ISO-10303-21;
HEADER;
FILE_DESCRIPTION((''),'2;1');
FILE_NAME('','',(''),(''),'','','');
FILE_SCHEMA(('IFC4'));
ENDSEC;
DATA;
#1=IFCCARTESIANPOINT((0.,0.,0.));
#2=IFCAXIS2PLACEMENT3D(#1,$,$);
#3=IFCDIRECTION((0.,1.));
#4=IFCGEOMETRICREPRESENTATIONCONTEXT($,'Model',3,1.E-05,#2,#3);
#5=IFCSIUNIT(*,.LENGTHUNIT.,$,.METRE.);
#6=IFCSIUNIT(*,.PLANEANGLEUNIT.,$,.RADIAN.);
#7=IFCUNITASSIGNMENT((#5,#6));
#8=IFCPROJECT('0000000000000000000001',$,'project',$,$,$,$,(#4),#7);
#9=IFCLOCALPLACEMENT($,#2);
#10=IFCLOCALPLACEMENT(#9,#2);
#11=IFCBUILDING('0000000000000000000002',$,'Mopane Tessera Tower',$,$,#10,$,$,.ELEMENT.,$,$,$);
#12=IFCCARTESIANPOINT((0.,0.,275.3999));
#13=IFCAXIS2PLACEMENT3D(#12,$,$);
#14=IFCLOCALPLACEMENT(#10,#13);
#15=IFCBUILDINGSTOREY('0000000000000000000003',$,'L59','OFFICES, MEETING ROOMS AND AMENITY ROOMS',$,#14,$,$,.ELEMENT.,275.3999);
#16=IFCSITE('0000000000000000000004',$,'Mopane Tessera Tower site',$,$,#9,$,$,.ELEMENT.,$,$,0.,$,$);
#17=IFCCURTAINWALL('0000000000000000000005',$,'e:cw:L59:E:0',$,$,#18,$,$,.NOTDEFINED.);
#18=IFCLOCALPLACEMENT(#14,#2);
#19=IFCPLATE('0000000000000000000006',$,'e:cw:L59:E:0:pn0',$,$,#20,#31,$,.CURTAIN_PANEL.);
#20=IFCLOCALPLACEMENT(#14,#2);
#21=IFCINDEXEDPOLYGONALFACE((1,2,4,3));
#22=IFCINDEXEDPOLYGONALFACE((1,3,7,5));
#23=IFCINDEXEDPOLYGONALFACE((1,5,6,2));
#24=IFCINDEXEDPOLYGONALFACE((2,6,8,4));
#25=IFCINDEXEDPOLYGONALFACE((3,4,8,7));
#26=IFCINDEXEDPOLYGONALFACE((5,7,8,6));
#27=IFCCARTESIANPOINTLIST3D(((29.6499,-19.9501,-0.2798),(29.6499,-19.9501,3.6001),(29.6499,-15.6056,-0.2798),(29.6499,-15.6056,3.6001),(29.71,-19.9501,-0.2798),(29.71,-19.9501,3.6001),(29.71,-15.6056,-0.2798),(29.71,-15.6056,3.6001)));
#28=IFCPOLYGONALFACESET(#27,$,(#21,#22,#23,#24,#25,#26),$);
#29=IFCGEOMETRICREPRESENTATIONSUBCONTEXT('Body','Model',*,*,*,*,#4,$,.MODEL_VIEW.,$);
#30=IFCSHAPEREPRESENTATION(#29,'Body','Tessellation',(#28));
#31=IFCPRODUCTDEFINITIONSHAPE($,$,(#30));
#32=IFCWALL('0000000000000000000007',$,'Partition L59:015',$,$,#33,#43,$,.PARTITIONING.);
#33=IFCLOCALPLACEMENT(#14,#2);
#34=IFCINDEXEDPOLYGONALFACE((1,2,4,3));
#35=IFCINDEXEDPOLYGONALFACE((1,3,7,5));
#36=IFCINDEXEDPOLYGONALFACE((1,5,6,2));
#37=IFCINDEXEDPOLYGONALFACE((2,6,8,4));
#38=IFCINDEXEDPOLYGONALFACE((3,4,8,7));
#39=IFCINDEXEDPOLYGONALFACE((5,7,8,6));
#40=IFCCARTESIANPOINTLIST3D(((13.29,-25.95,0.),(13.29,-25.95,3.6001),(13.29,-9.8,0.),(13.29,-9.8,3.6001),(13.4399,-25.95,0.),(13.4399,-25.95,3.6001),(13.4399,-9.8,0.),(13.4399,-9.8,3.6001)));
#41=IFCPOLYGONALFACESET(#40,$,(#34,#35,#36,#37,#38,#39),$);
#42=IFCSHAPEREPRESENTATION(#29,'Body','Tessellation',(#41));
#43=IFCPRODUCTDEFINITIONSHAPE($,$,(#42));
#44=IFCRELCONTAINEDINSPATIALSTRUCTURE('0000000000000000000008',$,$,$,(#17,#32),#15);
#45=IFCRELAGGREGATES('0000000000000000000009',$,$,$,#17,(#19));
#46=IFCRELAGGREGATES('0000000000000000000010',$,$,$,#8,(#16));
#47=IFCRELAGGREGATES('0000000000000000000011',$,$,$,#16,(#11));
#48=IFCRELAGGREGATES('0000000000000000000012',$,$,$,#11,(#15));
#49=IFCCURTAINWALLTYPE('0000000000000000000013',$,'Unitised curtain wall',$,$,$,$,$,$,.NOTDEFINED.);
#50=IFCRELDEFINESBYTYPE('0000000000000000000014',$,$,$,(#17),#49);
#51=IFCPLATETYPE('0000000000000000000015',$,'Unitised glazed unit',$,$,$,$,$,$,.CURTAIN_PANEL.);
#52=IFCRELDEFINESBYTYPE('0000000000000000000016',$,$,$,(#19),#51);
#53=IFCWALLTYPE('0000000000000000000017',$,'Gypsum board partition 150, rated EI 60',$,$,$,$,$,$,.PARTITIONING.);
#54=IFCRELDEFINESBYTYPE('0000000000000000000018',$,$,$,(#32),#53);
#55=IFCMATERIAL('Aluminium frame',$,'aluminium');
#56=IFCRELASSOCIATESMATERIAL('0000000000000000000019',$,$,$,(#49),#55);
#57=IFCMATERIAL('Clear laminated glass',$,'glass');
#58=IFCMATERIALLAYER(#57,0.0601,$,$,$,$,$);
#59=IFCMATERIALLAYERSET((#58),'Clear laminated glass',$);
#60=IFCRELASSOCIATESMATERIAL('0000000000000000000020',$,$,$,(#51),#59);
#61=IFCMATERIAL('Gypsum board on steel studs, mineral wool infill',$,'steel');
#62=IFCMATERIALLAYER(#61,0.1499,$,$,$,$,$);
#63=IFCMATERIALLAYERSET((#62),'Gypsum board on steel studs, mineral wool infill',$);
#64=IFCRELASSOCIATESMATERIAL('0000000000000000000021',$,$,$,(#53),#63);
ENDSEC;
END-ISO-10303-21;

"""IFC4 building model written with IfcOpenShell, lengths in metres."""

from ifc_helpers import new_model, si_unit, direction, frame, frame_2d, origin, origin_2d, place, context, subcontext, project, spatial, rectangle, extrude, material, layer, layer_set, type_object, element, aggregate, save


model = new_model("IFC4")

# Units and contexts
model_context = context("Model", 3, precision=1e-05, world=origin(), true_north=direction((0.0, 1.0)))
body_context = subcontext(model_context, "Body", "Model", "MODEL_VIEW")
ifc_project = project(units=[si_unit("LENGTHUNIT", "METRE"), si_unit("PLANEANGLEUNIT", "RADIAN")], contexts=[model_context])

# Site, building, storey
site_placement = place(None, origin())
site = spatial("IfcSite", under=ifc_project, at=site_placement, Name="Mopane Tessera Tower site", CompositionType="ELEMENT", RefElevation=0.0)
building_placement = place(site_placement, origin())
building = spatial("IfcBuilding", under=site, at=building_placement, Name="Mopane Tessera Tower", CompositionType="ELEMENT")
storey_placement = place(building_placement, frame((0.0, 0.0, 275.3999)))
storey = spatial("IfcBuildingStorey", under=building, at=storey_placement, Name="L59", Description="OFFICES, MEETING ROOMS AND AMENITY ROOMS", CompositionType="ELEMENT", Elevation=275.3999)

# Curtain wall
ifc_material_1 = material(Name="Aluminium frame", Category="aluminium")
curtain_wall_type = type_object("IfcCurtainWallType", Name="Unitised curtain wall", PredefinedType="NOTDEFINED", material=ifc_material_1)
curtain_wall_1_placement = place(storey_placement, origin())
curtain_wall_1 = element("IfcCurtainWall", 1, at=curtain_wall_1_placement, inside=storey, type_object=curtain_wall_type, Name="e:cw:L59:E:0", PredefinedType="NOTDEFINED")

# Plate
ifc_material_2 = material(Name="Clear laminated glass", Category="glass")
ifc_layer_1 = layer(ifc_material_2, 0.0601)
ifc_layer_set_1 = layer_set([ifc_layer_1], Name="Clear laminated glass")
plate_type = type_object("IfcPlateType", Name="Unitised glazed unit", PredefinedType="CURTAIN_PANEL", material=ifc_layer_set_1)
plate_1_placement = place(storey_placement, frame((29.6799, -17.7778, -0.2798), z_axis=(0.0, 0.0, 1.0), x_axis=(0.0, 1.0, 0.0)))
plate_1 = element("IfcPlate", 2, at=plate_1_placement, type_object=plate_type, Name="e:cw:L59:E:0:pn0", PredefinedType="CURTAIN_PANEL", context=body_context, shape_type="SweptSolid", body=[
    extrude(rectangle(XDim=4.3445, YDim=0.0601, at=origin_2d()), origin(), (0.0, 0.0, 1.0), 3.8799),
])
aggregate(curtain_wall_1, [plate_1])

# Wall
ifc_material_3 = material(Name="Gypsum board on steel studs, mineral wool infill", Category="steel")
ifc_layer_2 = layer(ifc_material_3, 0.1499)
ifc_layer_set_2 = layer_set([ifc_layer_2], Name="Gypsum board on steel studs, mineral wool infill")
wall_type = type_object("IfcWallType", Name="Gypsum board partition 150, rated EI 60", PredefinedType="PARTITIONING", material=ifc_layer_set_2)
wall_placement = place(storey_placement, frame((13.365, -25.95, 0.0), z_axis=(0.0, 0.0, 1.0), x_axis=(0.0, 1.0, 0.0)))
element("IfcWall", 3, at=wall_placement, inside=storey, type_object=wall_type, Name="Partition L59:015", PredefinedType="PARTITIONING", context=body_context, shape_type="SweptSolid", body=[
    extrude(rectangle(XDim=16.1499, YDim=0.1499, at=frame_2d((8.075, 0.0))), origin(), (0.0, 0.0, 1.0), 3.6001),
])

save(model, "model.ifc")
